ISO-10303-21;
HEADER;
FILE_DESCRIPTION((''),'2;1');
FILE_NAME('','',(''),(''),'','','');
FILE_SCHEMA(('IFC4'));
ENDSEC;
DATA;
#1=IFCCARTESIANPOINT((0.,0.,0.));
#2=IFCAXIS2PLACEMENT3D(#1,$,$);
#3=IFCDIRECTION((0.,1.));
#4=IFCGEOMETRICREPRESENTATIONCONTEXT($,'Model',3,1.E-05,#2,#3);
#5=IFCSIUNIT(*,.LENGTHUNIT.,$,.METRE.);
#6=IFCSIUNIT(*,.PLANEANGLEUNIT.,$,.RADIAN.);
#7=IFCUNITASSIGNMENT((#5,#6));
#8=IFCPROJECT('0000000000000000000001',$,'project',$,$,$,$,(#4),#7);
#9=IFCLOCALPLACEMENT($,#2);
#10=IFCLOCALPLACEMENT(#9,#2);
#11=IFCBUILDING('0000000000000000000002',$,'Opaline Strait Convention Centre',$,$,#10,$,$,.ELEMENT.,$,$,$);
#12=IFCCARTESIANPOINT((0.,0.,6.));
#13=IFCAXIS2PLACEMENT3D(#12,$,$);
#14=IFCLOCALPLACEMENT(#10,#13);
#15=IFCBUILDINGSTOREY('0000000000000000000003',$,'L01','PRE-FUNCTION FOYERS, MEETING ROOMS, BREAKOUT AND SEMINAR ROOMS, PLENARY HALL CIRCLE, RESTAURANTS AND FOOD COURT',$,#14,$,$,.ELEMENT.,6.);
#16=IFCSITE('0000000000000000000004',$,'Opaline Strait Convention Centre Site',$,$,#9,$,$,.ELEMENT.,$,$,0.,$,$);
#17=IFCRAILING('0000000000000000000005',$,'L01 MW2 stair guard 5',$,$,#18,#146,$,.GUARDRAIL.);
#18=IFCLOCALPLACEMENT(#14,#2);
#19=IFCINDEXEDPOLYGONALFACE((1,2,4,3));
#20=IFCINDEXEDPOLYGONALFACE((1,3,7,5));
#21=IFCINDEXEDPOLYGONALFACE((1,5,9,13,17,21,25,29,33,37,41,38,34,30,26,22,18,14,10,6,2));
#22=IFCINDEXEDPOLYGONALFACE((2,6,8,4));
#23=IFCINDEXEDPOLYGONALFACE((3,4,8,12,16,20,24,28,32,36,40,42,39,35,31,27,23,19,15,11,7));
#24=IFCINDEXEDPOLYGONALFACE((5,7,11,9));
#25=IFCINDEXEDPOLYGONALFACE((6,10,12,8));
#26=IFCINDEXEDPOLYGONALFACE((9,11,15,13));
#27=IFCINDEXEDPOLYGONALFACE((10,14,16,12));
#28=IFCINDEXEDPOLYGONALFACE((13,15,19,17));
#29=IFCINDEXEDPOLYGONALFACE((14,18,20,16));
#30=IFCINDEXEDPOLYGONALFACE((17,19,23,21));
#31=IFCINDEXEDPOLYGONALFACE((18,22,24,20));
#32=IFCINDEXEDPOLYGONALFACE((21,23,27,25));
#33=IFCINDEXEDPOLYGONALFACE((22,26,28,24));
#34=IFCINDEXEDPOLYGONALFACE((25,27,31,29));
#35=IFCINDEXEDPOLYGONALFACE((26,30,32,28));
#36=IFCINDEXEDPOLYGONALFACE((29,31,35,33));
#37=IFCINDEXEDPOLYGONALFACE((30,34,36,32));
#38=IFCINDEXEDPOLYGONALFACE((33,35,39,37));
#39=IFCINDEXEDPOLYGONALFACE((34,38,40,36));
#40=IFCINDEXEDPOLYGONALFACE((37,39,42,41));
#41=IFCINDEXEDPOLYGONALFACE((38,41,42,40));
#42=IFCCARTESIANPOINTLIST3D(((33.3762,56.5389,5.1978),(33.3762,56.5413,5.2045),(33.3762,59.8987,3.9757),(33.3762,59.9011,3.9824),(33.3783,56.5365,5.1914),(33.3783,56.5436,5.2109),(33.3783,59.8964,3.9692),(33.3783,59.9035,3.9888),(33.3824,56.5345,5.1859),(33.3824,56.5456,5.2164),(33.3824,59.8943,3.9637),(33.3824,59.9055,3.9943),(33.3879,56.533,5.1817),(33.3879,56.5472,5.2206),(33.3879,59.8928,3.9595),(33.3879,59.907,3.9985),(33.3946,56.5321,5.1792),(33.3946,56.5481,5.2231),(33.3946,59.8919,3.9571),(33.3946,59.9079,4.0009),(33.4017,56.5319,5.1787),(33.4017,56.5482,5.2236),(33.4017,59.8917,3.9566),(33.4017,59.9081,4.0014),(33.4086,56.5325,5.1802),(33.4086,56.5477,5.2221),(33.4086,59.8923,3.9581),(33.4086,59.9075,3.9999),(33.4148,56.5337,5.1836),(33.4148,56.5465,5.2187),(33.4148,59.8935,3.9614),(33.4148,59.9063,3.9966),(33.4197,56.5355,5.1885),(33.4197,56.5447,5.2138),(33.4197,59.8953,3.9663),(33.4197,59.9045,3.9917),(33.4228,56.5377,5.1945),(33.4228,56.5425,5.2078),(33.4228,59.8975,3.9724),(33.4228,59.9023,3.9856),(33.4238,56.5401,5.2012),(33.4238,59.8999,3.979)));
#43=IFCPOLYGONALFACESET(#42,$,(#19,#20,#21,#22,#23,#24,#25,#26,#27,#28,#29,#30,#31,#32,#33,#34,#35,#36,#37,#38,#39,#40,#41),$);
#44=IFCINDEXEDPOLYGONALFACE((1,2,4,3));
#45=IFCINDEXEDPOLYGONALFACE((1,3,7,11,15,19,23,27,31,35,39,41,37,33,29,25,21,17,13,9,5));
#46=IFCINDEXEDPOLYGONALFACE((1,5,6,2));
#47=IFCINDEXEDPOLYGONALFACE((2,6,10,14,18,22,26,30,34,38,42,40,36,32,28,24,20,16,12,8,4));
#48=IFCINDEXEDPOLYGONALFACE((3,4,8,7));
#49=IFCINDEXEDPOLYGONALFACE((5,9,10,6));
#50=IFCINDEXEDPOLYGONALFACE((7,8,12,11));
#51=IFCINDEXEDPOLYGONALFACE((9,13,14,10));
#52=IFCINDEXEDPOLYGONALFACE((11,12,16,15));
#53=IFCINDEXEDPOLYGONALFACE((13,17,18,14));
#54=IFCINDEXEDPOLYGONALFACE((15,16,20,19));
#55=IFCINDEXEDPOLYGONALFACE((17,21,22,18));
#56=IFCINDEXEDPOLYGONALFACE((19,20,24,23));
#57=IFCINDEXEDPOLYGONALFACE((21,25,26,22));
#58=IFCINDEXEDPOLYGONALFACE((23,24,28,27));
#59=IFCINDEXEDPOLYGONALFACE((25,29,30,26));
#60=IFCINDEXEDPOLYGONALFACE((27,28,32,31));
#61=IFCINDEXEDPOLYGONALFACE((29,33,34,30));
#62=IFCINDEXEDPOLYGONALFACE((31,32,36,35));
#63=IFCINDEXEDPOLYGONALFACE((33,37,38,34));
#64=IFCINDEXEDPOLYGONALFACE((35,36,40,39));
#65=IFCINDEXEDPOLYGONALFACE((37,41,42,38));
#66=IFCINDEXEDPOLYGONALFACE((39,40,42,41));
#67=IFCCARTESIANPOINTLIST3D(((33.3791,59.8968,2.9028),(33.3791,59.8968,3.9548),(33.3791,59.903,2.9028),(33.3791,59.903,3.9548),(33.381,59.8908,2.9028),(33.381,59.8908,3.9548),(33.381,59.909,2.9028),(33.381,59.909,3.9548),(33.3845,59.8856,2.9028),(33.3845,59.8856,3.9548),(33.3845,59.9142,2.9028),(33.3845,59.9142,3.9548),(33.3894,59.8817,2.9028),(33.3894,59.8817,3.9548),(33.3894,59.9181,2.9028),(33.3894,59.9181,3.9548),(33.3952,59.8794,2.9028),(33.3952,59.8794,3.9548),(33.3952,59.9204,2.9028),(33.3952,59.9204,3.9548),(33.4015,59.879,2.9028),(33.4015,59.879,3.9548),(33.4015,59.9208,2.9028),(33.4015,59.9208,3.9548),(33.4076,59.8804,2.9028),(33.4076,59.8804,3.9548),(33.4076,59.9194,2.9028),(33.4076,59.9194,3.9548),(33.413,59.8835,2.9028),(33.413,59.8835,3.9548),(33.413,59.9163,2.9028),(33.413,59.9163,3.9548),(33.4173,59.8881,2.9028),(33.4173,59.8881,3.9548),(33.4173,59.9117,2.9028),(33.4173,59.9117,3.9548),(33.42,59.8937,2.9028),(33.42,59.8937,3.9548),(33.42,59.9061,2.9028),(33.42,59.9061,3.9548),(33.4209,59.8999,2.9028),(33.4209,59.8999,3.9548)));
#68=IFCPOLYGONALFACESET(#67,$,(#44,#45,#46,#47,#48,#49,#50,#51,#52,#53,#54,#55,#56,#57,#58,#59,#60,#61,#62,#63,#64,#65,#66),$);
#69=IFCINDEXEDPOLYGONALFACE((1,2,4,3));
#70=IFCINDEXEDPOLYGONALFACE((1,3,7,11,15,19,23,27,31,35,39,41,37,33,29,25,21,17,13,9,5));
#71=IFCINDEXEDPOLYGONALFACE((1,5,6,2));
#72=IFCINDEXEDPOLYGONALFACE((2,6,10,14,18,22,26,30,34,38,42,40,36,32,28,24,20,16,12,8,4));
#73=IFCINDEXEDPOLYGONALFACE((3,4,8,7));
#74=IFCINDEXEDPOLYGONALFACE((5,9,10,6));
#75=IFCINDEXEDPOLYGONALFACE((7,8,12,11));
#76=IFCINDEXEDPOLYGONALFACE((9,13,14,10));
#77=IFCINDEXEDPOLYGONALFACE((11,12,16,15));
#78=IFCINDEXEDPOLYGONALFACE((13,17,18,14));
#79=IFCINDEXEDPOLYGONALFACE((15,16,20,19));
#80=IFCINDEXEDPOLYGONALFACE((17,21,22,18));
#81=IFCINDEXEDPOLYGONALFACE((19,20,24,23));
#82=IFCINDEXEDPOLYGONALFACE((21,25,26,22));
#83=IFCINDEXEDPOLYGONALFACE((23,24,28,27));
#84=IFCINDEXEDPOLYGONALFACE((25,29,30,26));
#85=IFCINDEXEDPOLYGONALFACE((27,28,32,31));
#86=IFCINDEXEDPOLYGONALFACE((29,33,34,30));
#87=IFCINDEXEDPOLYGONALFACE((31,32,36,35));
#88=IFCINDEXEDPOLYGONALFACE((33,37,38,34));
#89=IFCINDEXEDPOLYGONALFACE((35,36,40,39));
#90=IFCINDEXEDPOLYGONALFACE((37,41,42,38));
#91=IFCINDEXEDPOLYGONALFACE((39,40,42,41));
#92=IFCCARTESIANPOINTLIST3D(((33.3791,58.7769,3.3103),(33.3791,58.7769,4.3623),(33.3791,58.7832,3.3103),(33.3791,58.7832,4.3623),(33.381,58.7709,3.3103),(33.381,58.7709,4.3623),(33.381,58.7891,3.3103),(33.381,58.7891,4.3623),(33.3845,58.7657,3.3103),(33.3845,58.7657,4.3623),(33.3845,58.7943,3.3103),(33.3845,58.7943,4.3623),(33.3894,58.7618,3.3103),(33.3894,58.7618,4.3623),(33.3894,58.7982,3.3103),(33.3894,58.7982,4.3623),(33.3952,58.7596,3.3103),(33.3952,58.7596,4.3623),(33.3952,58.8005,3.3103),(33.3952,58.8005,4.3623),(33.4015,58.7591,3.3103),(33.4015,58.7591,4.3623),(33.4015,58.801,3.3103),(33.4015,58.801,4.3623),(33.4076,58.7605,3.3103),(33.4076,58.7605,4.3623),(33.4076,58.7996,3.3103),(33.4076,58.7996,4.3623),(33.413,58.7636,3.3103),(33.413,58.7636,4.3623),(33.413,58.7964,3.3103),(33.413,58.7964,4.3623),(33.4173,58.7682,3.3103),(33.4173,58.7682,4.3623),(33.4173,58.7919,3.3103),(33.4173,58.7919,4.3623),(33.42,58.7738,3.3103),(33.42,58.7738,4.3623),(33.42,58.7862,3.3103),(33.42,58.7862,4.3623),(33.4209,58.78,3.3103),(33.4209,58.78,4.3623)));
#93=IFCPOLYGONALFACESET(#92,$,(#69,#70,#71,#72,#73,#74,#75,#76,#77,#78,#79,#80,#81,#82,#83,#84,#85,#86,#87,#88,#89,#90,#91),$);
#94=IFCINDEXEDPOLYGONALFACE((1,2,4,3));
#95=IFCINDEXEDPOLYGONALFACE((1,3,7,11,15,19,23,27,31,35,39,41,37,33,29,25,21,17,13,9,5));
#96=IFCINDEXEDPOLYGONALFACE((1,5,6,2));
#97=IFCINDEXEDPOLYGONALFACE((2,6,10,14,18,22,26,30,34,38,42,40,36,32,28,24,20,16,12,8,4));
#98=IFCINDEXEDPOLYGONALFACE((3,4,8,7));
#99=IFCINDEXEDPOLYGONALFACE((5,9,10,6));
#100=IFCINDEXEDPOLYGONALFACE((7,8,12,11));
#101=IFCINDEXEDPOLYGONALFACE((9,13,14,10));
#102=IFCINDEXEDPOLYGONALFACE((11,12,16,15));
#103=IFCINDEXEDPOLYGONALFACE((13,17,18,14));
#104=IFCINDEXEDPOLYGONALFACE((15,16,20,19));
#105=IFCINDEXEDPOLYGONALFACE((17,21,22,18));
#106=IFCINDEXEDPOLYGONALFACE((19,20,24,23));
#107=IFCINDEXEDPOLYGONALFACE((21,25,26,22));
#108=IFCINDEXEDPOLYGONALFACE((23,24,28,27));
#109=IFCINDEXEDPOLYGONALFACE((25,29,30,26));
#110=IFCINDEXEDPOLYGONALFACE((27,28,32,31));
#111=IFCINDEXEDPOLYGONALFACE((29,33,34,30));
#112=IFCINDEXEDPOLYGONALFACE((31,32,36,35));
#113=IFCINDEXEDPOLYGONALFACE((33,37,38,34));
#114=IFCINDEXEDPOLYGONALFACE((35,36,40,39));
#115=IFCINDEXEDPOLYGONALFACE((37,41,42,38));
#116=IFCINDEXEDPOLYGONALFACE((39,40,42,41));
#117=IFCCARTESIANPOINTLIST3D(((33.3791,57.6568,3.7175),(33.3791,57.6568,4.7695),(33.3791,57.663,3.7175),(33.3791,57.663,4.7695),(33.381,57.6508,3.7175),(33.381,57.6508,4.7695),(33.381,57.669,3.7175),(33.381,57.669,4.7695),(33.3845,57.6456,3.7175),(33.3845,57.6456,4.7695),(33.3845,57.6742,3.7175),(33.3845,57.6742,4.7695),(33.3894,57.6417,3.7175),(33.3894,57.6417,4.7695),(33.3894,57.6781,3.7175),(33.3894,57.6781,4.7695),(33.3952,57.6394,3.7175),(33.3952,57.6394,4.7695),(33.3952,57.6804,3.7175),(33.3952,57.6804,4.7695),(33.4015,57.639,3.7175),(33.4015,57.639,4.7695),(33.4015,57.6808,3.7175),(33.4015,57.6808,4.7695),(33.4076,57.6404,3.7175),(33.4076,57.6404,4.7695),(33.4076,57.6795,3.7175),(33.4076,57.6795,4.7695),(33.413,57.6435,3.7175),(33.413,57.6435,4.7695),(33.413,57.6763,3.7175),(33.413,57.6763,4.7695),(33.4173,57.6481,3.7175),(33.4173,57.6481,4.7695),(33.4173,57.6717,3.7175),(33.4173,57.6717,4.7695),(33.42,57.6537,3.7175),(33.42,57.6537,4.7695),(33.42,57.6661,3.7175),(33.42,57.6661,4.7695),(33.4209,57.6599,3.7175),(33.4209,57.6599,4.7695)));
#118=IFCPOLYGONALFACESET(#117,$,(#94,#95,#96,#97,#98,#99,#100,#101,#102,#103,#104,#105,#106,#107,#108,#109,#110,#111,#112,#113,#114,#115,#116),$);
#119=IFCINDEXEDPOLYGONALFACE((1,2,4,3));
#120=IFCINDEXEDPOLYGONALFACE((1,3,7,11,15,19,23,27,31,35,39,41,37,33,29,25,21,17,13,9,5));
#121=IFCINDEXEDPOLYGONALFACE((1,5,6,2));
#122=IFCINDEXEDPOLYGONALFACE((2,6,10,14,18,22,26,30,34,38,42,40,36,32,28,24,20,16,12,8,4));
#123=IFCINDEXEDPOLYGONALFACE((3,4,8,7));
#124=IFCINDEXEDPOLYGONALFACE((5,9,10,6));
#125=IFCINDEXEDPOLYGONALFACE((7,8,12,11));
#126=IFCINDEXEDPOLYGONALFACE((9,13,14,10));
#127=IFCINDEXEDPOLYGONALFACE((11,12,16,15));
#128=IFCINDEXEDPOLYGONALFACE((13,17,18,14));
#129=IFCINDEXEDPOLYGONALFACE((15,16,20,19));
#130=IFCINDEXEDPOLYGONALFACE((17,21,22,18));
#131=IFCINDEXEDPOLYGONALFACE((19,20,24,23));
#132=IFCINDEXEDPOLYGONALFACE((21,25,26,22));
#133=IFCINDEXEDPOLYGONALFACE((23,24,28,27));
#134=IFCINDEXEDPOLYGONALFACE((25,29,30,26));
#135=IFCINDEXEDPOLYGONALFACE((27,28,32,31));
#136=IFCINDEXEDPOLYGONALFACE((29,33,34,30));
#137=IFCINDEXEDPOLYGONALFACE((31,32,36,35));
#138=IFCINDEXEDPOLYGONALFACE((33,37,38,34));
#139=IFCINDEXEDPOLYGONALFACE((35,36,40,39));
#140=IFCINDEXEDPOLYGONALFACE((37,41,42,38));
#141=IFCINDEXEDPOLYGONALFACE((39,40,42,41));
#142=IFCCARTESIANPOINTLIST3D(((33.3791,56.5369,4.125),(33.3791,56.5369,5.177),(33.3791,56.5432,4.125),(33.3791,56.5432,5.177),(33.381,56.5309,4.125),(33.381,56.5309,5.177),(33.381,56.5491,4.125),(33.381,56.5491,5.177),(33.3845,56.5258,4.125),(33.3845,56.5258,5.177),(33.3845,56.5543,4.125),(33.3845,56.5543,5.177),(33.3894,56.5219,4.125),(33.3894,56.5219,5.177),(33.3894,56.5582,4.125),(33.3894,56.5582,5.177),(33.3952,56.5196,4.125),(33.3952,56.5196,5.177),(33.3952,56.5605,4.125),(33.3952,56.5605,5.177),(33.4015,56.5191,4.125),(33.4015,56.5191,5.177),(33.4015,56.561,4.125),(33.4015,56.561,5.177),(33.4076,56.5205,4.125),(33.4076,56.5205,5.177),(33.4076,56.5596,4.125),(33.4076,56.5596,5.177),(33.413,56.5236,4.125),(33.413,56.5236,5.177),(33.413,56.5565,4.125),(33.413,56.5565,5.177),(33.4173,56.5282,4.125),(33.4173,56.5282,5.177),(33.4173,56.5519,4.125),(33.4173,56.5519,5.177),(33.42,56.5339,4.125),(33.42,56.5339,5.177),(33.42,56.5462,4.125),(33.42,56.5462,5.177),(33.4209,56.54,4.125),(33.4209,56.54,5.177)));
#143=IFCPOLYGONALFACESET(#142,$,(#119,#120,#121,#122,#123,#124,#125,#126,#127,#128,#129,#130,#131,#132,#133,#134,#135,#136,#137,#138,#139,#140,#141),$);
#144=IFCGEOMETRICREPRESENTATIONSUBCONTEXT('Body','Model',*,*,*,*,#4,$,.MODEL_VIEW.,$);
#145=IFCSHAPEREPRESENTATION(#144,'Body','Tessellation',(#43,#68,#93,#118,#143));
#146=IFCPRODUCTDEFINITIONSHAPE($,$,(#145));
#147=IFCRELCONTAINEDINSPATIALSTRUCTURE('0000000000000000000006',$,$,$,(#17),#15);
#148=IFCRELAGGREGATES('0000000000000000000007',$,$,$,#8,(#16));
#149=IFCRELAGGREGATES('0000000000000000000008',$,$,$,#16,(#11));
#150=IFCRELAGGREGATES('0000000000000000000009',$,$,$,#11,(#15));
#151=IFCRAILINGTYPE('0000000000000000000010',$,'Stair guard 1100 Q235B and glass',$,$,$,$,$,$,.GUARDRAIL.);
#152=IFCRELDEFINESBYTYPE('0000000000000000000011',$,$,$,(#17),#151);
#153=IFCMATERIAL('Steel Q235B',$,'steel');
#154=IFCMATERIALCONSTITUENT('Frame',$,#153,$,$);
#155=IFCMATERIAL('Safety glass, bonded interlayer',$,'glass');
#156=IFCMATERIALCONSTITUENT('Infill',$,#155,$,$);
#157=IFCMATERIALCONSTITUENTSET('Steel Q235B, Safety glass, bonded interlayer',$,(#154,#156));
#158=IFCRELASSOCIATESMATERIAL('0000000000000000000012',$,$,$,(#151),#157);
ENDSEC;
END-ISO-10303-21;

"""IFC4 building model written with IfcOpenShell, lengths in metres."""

from ifc_helpers import new_model, si_unit, direction, frame, origin, origin_2d, place, context, subcontext, project, spatial, circle, extrude, material, constituent, constituent_set, type_object, element, save


model = new_model("IFC4")

# Units and contexts
model_context = context("Model", 3, precision=1e-05, world=origin(), true_north=direction((0.0, 1.0)))
body_context = subcontext(model_context, "Body", "Model", "MODEL_VIEW")
ifc_project = project(units=[si_unit("LENGTHUNIT", "METRE"), si_unit("PLANEANGLEUNIT", "RADIAN")], contexts=[model_context])

# Site, building, storey
site_placement = place(None, origin())
site = spatial("IfcSite", under=ifc_project, at=site_placement, Name="Opaline Strait Convention Centre Site", CompositionType="ELEMENT", RefElevation=0.0)
building_placement = place(site_placement, origin())
building = spatial("IfcBuilding", under=site, at=building_placement, Name="Opaline Strait Convention Centre", CompositionType="ELEMENT")
storey_placement = place(building_placement, frame((0.0, 0.0, 6.0)))
storey = spatial("IfcBuildingStorey", under=building, at=storey_placement, Name="L01", Description="PRE-FUNCTION FOYERS, MEETING ROOMS, BREAKOUT AND SEMINAR ROOMS, PLENARY HALL CIRCLE, RESTAURANTS AND FOOD COURT", CompositionType="ELEMENT", Elevation=6.0)

# Railing
ifc_material_1 = material(Name="Steel Q235B", Category="steel")
ifc_constituent_1 = constituent(ifc_material_1, Name="Frame")
ifc_material_2 = material(Name="Safety glass, bonded interlayer", Category="glass")
ifc_constituent_2 = constituent(ifc_material_2, Name="Infill")
ifc_constituent_set = constituent_set(constituents=[ifc_constituent_1, ifc_constituent_2], Name="Steel Q235B, Safety glass, bonded interlayer")
railing_type_1 = type_object("IfcRailingType", Name="Stair guard 1100 Q235B and glass", PredefinedType="GUARDRAIL", material=ifc_constituent_set)
railing_1_placement = place(storey_placement, frame((33.3999, 59.8999, 2.9028)))
element("IfcRailing", 1, at=railing_1_placement, inside=storey, type_object=railing_type_1, Name="L01 MW2 stair guard 5", PredefinedType="GUARDRAIL", context=body_context, shape_type="SweptSolid", body=[
    extrude(circle(Radius=0.0239, at=origin_2d()), frame((0.0, 0.0, 1.0762), z_axis=(0.0, -0.939758, 0.341842), x_axis=(1.0, 0.0, 0.0)), (0.0, 0.0, 1.0), 3.5752),
    extrude(circle(Radius=0.021, at=origin_2d()), origin(), (0.0, 0.0, 1.0), 1.052),
    extrude(circle(Radius=0.021, at=origin_2d()), frame((0.0, -1.1199, 0.4075)), (0.0, 0.0, 1.0), 1.052),
    extrude(circle(Radius=0.021, at=origin_2d()), frame((0.0, -2.24, 0.8147)), (0.0, 0.0, 1.0), 1.052),
    extrude(circle(Radius=0.021, at=origin_2d()), frame((0.0, -3.3599, 1.2222)), (0.0, 0.0, 1.0), 1.052),
])

save(model, "model.ifc")
